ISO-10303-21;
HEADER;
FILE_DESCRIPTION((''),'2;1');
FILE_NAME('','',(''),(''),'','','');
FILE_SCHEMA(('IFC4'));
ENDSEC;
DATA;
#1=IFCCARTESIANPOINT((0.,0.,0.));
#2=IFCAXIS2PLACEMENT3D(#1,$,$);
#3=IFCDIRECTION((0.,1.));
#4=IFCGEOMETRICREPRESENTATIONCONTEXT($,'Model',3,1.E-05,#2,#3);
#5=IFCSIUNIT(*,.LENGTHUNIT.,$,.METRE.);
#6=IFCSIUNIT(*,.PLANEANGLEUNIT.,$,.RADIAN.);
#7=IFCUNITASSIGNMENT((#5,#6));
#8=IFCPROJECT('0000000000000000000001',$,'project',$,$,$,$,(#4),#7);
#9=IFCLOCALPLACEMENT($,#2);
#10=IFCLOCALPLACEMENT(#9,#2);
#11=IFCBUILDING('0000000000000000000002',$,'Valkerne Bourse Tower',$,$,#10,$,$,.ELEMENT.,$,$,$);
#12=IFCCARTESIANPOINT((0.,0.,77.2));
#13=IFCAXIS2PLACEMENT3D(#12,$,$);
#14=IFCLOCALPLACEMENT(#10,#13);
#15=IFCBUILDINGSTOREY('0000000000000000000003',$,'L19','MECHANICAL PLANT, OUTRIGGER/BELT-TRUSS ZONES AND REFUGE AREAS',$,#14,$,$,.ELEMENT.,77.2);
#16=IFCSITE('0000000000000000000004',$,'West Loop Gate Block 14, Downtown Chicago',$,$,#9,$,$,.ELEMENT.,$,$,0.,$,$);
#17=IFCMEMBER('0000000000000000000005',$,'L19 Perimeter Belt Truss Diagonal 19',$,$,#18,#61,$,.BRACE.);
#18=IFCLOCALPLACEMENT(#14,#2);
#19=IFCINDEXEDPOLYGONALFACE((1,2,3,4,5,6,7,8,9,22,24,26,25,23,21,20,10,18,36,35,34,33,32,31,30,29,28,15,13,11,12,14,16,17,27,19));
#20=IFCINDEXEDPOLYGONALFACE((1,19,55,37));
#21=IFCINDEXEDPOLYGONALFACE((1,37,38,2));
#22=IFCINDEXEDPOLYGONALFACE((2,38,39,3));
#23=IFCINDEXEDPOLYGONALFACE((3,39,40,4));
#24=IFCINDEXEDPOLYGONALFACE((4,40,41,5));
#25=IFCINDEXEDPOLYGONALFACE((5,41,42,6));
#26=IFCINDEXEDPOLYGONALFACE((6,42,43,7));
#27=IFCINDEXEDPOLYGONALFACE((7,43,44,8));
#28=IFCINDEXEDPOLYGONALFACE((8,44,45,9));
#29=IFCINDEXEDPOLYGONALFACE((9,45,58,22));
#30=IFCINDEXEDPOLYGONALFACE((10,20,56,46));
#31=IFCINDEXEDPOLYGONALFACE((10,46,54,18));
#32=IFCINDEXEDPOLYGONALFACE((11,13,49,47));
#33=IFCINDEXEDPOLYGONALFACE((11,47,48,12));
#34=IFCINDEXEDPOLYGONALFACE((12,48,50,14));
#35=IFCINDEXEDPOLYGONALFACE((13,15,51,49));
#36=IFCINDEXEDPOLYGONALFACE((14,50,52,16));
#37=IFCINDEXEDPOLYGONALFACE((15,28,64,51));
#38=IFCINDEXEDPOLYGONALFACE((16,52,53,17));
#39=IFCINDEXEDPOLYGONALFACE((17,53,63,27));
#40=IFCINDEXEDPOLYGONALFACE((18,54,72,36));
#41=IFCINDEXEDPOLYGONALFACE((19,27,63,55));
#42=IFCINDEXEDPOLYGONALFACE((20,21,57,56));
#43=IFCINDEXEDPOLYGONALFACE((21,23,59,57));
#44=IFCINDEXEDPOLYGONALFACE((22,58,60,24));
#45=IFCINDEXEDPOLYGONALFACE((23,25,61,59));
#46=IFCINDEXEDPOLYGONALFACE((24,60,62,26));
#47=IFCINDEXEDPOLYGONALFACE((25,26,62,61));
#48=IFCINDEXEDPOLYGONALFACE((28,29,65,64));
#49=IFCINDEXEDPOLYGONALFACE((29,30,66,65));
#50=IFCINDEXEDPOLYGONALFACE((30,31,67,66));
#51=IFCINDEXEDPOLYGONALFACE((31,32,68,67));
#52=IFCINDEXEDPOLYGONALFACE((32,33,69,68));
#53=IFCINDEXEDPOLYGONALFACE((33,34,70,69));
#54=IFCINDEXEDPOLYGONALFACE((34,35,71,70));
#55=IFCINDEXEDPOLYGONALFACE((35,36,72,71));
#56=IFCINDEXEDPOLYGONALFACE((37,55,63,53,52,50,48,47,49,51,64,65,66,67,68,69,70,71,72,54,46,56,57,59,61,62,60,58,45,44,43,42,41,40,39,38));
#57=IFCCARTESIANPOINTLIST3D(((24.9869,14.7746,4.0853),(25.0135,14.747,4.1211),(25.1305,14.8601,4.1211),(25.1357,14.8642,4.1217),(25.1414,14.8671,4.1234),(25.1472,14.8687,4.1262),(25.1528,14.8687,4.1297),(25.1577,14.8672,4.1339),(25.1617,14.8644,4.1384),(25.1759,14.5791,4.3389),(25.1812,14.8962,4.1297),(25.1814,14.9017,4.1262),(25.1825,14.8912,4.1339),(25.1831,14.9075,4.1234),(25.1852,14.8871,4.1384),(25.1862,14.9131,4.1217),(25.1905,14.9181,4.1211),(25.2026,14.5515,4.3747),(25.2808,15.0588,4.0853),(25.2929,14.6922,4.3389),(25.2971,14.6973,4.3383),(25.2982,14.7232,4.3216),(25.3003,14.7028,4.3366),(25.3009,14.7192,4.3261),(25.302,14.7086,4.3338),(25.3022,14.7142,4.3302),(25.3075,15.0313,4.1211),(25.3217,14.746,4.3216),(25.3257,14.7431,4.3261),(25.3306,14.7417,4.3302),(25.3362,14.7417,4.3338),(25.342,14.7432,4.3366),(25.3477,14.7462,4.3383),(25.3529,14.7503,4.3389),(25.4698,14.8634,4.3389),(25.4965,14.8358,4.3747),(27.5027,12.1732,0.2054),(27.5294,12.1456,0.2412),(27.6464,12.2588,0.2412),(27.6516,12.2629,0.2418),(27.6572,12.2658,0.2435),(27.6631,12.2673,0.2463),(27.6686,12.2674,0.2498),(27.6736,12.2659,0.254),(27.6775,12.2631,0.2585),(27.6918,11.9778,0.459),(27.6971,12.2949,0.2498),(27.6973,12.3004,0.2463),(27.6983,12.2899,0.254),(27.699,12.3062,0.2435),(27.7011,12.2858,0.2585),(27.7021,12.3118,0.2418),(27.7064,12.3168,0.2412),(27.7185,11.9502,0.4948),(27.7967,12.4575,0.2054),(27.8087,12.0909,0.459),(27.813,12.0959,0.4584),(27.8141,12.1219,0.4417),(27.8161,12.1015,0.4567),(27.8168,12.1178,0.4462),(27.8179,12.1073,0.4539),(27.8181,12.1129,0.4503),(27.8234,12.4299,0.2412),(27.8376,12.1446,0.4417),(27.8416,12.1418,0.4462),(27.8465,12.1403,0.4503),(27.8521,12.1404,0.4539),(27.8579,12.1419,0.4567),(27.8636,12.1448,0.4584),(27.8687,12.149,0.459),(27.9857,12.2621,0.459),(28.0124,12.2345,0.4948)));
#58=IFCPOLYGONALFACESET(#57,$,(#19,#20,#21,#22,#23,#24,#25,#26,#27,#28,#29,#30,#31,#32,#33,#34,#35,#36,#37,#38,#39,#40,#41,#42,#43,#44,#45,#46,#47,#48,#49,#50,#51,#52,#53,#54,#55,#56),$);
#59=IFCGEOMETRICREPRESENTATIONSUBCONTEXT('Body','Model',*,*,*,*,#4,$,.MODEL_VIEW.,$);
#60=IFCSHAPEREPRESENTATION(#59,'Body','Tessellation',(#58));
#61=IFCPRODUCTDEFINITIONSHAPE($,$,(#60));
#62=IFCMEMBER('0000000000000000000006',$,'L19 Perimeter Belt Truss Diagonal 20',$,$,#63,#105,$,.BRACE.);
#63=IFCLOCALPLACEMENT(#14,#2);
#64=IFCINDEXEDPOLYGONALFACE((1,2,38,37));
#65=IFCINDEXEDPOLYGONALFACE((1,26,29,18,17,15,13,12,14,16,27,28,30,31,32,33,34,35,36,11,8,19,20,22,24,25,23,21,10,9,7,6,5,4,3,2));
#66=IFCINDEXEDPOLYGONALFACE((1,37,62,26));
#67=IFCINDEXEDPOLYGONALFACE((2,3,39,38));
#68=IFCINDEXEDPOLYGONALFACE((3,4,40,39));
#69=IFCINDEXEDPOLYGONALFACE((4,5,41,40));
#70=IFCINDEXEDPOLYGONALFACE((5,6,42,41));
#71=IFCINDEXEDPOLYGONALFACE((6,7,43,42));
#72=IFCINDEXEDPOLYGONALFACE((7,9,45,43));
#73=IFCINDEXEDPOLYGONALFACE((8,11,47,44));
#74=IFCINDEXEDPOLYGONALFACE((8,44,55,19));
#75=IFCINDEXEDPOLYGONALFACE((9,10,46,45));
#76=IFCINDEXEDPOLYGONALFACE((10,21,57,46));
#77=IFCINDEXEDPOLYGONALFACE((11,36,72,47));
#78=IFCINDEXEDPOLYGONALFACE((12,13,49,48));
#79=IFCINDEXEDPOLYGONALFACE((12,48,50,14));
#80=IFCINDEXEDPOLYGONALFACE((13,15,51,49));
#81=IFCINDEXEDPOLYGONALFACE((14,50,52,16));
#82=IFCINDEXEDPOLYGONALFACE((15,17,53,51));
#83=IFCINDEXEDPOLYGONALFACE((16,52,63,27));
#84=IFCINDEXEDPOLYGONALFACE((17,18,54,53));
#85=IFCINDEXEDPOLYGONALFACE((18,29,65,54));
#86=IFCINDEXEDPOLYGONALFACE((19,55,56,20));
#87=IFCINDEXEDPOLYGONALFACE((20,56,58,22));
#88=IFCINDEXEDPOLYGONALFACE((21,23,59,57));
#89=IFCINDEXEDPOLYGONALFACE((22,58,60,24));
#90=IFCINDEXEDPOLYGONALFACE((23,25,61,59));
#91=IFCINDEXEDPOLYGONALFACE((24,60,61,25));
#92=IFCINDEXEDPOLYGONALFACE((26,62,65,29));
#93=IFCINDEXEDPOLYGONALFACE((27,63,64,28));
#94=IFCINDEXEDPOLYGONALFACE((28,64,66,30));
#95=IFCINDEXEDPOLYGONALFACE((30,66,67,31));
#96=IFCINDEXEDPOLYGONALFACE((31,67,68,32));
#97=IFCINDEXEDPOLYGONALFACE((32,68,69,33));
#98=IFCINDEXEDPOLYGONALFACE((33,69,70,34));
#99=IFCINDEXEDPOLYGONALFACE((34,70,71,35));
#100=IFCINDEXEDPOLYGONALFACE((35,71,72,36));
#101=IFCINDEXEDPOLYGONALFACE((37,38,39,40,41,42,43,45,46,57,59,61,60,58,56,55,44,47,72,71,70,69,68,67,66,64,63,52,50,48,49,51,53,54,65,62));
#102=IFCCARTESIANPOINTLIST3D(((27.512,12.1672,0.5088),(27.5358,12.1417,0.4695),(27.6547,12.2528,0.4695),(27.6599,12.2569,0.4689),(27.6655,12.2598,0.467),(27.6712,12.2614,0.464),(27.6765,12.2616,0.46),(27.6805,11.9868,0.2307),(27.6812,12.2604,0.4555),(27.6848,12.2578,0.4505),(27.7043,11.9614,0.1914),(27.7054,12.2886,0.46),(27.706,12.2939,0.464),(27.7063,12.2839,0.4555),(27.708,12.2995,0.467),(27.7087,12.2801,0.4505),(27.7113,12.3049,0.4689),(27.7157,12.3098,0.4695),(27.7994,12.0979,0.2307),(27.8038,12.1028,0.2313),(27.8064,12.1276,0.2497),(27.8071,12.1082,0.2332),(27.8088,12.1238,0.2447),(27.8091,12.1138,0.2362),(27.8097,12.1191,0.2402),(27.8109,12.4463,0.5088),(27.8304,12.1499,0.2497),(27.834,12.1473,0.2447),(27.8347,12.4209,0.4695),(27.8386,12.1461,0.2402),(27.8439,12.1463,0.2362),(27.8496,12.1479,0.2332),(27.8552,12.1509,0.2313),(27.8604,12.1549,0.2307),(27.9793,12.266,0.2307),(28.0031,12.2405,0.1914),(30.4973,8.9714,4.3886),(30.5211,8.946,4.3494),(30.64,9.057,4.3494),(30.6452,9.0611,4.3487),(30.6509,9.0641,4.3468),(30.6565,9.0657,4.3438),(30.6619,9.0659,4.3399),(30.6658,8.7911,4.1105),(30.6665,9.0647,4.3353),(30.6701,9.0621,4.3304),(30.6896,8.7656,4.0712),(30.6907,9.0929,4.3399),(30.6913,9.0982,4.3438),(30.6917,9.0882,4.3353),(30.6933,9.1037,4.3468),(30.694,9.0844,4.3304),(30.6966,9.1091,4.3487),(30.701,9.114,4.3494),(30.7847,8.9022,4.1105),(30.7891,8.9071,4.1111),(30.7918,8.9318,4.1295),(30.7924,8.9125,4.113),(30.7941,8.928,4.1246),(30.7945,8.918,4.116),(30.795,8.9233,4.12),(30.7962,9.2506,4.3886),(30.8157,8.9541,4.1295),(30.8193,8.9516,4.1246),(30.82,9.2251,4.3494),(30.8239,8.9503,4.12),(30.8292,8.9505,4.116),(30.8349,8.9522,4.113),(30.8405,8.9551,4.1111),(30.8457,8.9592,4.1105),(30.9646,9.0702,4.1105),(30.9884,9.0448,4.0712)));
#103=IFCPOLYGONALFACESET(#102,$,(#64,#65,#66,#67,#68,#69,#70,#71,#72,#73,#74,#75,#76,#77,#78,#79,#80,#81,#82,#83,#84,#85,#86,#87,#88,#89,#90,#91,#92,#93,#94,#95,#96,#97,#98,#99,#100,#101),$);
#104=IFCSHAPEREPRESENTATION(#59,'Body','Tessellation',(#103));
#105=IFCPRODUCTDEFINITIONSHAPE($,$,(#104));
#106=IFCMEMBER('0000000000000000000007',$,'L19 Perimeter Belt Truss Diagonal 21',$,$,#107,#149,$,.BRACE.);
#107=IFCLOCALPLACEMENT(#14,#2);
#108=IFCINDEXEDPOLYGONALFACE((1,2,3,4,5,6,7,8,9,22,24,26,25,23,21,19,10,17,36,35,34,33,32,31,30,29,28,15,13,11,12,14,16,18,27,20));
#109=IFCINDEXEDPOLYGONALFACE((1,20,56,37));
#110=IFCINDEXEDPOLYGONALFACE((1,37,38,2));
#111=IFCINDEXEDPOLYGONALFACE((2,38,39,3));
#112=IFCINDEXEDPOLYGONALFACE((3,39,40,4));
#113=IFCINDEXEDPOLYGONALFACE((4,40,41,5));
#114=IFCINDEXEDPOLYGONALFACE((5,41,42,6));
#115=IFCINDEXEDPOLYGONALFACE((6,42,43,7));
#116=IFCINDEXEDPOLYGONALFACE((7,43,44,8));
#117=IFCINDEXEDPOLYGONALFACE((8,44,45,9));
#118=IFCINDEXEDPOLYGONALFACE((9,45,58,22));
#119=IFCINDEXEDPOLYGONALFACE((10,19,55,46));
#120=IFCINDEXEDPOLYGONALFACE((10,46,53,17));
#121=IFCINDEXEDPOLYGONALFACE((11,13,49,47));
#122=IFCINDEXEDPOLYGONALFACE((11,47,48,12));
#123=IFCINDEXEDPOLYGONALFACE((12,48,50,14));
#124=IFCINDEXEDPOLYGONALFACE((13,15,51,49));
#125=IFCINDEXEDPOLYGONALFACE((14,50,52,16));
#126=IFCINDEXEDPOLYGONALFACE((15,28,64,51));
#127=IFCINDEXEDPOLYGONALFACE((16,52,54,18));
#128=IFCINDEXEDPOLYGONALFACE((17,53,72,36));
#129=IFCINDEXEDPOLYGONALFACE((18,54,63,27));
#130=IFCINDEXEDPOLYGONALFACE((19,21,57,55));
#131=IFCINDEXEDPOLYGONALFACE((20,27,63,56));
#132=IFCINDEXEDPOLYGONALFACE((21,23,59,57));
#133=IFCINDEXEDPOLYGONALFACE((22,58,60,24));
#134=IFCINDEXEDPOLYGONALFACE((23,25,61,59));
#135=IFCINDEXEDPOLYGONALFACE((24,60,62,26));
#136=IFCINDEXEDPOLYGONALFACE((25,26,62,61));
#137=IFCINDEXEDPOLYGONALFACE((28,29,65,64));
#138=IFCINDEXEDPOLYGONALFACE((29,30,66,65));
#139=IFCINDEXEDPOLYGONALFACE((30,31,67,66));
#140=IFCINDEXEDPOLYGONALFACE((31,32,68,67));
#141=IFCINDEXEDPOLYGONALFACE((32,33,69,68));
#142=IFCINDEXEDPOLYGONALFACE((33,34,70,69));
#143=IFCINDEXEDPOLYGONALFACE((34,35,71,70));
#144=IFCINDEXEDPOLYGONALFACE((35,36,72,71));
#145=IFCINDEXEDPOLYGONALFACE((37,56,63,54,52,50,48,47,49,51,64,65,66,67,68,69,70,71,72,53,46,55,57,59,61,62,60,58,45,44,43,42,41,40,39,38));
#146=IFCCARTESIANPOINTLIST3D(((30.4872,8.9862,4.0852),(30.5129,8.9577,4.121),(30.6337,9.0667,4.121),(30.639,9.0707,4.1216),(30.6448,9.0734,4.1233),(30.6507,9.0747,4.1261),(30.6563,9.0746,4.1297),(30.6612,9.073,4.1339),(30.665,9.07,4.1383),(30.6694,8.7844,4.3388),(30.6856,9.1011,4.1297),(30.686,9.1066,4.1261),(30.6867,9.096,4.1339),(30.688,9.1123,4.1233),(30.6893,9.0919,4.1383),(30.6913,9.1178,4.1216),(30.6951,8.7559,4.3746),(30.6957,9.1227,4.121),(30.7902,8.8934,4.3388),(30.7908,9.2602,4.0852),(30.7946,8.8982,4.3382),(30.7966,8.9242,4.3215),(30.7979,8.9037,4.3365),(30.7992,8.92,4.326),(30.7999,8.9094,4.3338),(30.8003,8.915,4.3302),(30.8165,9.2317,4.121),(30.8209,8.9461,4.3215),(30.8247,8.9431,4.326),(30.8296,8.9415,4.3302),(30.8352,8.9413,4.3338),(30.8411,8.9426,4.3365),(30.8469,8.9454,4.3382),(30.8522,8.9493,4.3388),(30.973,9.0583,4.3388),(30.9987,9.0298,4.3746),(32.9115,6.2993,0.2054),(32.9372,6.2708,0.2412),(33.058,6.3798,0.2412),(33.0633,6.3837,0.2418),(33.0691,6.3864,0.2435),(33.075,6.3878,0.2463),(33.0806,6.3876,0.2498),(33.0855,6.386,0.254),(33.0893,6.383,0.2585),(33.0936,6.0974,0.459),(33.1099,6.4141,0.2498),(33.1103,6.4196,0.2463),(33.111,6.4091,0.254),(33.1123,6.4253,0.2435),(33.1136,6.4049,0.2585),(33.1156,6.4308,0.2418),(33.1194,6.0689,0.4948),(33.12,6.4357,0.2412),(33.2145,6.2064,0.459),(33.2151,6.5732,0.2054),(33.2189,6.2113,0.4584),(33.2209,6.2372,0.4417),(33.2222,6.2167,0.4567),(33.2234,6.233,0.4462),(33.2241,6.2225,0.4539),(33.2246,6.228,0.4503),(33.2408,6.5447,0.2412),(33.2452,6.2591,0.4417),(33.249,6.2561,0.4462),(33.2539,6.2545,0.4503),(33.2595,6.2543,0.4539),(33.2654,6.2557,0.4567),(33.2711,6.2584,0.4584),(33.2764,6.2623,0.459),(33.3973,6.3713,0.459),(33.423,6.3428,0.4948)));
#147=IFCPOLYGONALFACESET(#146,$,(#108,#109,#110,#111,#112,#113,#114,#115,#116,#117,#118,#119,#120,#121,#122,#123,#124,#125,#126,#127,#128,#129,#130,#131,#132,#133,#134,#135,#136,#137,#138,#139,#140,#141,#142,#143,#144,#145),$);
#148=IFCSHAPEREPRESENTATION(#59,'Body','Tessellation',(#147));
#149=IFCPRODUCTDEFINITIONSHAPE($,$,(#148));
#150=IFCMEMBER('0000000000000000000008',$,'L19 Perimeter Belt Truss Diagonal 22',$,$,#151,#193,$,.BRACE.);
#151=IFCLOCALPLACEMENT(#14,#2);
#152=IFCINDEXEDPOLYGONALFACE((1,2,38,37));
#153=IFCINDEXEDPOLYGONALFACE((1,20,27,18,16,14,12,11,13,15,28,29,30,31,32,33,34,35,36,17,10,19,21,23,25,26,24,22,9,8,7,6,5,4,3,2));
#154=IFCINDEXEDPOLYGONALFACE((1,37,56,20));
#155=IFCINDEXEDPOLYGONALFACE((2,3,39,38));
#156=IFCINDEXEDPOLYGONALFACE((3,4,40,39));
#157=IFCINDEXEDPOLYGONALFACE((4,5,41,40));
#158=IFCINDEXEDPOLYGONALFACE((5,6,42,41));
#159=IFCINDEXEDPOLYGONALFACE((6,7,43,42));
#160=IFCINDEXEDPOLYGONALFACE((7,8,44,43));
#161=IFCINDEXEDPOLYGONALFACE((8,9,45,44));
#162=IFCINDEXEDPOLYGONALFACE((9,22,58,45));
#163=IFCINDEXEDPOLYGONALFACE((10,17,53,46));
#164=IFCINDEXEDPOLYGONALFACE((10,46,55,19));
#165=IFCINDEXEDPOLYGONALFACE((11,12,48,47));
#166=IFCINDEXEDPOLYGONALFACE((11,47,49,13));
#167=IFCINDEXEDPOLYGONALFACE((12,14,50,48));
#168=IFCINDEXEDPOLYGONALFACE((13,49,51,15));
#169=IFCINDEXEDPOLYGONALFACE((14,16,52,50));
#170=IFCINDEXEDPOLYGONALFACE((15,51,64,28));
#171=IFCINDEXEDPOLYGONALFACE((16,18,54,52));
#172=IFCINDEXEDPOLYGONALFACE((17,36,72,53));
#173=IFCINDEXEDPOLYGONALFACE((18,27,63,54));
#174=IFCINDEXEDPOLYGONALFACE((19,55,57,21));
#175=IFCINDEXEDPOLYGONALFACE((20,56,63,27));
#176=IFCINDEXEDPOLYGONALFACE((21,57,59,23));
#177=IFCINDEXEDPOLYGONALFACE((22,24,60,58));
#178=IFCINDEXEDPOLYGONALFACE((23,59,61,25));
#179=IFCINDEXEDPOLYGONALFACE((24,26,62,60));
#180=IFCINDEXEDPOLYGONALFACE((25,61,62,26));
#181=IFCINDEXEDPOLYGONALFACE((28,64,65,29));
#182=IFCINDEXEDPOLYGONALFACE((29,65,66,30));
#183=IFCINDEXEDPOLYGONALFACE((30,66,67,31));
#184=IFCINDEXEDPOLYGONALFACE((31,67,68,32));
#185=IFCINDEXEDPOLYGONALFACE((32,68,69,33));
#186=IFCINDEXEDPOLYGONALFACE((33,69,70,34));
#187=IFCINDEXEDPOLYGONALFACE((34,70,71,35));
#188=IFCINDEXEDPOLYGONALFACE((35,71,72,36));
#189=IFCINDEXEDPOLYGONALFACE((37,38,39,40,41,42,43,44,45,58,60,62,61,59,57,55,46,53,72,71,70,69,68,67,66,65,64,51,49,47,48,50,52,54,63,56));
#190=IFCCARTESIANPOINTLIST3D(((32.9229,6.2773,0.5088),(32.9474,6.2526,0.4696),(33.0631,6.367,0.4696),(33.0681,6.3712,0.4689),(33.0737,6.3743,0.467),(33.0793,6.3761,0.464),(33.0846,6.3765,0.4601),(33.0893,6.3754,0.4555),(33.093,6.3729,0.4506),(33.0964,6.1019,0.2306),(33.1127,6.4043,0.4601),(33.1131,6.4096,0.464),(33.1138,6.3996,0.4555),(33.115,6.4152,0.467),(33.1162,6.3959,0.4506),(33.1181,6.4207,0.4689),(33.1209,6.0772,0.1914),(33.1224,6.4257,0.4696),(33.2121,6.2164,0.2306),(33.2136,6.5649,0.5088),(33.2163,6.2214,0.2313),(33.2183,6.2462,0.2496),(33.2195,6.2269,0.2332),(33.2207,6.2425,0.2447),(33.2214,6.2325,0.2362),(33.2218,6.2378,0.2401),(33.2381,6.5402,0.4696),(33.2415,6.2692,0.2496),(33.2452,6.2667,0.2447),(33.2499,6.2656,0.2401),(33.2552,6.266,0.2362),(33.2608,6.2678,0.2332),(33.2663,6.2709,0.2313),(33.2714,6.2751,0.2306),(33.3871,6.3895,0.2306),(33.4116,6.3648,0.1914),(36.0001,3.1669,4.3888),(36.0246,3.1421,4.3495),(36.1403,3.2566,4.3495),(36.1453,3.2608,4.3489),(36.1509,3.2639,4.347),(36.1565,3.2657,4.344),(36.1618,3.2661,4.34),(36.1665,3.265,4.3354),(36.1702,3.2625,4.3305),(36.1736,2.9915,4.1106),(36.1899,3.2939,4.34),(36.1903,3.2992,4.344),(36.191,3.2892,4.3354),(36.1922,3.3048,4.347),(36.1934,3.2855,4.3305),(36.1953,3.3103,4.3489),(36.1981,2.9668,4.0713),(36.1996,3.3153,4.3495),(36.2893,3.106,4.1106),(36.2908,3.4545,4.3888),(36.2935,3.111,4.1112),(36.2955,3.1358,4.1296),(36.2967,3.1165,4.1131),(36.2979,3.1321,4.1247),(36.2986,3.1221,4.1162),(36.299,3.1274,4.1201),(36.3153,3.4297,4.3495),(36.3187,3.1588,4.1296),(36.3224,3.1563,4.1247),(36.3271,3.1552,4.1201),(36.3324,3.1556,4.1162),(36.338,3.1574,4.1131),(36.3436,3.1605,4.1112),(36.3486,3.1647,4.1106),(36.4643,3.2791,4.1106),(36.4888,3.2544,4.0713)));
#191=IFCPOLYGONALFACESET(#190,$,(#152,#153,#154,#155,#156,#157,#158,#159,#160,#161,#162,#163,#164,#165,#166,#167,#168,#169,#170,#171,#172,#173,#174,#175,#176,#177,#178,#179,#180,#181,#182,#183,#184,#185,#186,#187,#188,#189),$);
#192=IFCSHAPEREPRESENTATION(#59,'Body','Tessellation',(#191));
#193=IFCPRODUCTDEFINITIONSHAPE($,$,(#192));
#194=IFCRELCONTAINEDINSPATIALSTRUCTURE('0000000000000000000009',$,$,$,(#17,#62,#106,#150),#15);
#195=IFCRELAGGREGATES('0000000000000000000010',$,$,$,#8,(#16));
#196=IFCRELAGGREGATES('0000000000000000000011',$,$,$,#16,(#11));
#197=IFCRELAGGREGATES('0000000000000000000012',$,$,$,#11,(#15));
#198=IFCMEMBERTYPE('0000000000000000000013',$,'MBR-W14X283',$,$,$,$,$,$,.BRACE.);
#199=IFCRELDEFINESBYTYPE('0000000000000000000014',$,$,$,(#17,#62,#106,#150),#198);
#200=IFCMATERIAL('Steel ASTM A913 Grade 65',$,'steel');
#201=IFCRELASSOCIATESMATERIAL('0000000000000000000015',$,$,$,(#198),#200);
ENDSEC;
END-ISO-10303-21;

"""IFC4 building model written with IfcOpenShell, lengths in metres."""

from ifc_helpers import new_model, si_unit, direction, frame, origin, origin_2d, place, context, subcontext, project, spatial, i_section, extrude, material, material_profile, profile_set, type_object, element, save


model = new_model("IFC4")

# Units and contexts
model_context = context("Model", 3, precision=1e-05, world=origin(), true_north=direction((0.0, 1.0)))
body_context = subcontext(model_context, "Body", "Model", "MODEL_VIEW")
ifc_project = project(units=[si_unit("LENGTHUNIT", "METRE"), si_unit("PLANEANGLEUNIT", "RADIAN")], contexts=[model_context])

# Site, building, storey
site_placement = place(None, origin())
site = spatial("IfcSite", under=ifc_project, at=site_placement, Name="West Loop Gate Block 14, Downtown Chicago", CompositionType="ELEMENT", RefElevation=0.0)
building_placement = place(site_placement, origin())
building = spatial("IfcBuilding", under=site, at=building_placement, Name="Valkerne Bourse Tower", CompositionType="ELEMENT")
storey_placement = place(building_placement, frame((0.0, 0.0, 77.2)))
storey = spatial("IfcBuildingStorey", under=building, at=storey_placement, Name="L19", Description="MECHANICAL PLANT, OUTRIGGER/BELT-TRUSS ZONES AND REFUGE AREAS", CompositionType="ELEMENT", Elevation=77.2)

# Shared definitions
ifc_material_1 = material(Name="Steel ASTM A913 Grade 65", Category="steel")

# Members
ifc_material_profile_1 = material_profile(ifc_material_1, i_section(OverallWidth=0.4089, OverallDepth=0.4243, WebThickness=0.0327, FlangeThickness=0.0525, FilletRadius=0.0254, at=origin_2d()), Name="W14X283")
ifc_profile_set_1 = profile_set([ifc_material_profile_1], Name="Steel ASTM A913 Grade 65")
member_type_1 = type_object("IfcMemberType", Name="MBR-W14X283", PredefinedType="BRACE", material=ifc_profile_set_1)
member_1_placement = place(storey_placement, frame((27.7576, 12.2039, 0.3501), z_axis=(-0.474187, 0.490292, 0.731273), x_axis=(-0.718814, -0.695202, 0.0)))
element("IfcMember", 1, at=member_1_placement, inside=storey, type_object=member_type_1, Name="L19 Perimeter Belt Truss Diagonal 19", PredefinedType="BRACE", context=body_context, shape_type="SweptSolid", body=[
    extrude(i_section(OverallWidth=0.4089, OverallDepth=0.4243, WebThickness=0.0327, FlangeThickness=0.0525, FilletRadius=0.0254, at=origin_2d()), origin(), (0.0, 0.0, 1.0), 5.3057),
])
member_2_placement = place(storey_placement, frame((27.7576, 12.2039, 0.3501), z_axis=(0.510641, -0.546639, 0.66365), x_axis=(0.730758, 0.682636, 0.0)))
element("IfcMember", 2, at=member_2_placement, inside=storey, type_object=member_type_1, Name="L19 Perimeter Belt Truss Diagonal 20", PredefinedType="BRACE", context=body_context, shape_type="SweptSolid", body=[
    extrude(i_section(OverallWidth=0.4089, OverallDepth=0.4243, WebThickness=0.0327, FlangeThickness=0.0525, FilletRadius=0.0254, at=origin_2d()), origin(), (0.0, 0.0, 1.0), 5.8462),
])
member_3_placement = place(storey_placement, frame((33.1672, 6.321, 0.3501), z_axis=(-0.456924, 0.506435, 0.731262), x_axis=(-0.742468, -0.669881, 0.0)))
element("IfcMember", 3, at=member_3_placement, inside=storey, type_object=member_type_1, Name="L19 Perimeter Belt Truss Diagonal 21", PredefinedType="BRACE", context=body_context, shape_type="SweptSolid", body=[
    extrude(i_section(OverallWidth=0.4089, OverallDepth=0.4243, WebThickness=0.0327, FlangeThickness=0.0525, FilletRadius=0.0254, at=origin_2d()), origin(), (0.0, 0.0, 1.0), 5.3057),
])
member_4_placement = place(storey_placement, frame((33.1672, 6.321, 0.3501), z_axis=(0.526207, -0.531885, 0.663479), x_axis=(0.710891, 0.703302, 0.0)))
element("IfcMember", 4, at=member_4_placement, inside=storey, type_object=member_type_1, Name="L19 Perimeter Belt Truss Diagonal 22", PredefinedType="BRACE", context=body_context, shape_type="SweptSolid", body=[
    extrude(i_section(OverallWidth=0.4089, OverallDepth=0.4243, WebThickness=0.0327, FlangeThickness=0.0525, FilletRadius=0.0254, at=origin_2d()), origin(), (0.0, 0.0, 1.0), 5.8479),
])

save(model, "model.ifc")
